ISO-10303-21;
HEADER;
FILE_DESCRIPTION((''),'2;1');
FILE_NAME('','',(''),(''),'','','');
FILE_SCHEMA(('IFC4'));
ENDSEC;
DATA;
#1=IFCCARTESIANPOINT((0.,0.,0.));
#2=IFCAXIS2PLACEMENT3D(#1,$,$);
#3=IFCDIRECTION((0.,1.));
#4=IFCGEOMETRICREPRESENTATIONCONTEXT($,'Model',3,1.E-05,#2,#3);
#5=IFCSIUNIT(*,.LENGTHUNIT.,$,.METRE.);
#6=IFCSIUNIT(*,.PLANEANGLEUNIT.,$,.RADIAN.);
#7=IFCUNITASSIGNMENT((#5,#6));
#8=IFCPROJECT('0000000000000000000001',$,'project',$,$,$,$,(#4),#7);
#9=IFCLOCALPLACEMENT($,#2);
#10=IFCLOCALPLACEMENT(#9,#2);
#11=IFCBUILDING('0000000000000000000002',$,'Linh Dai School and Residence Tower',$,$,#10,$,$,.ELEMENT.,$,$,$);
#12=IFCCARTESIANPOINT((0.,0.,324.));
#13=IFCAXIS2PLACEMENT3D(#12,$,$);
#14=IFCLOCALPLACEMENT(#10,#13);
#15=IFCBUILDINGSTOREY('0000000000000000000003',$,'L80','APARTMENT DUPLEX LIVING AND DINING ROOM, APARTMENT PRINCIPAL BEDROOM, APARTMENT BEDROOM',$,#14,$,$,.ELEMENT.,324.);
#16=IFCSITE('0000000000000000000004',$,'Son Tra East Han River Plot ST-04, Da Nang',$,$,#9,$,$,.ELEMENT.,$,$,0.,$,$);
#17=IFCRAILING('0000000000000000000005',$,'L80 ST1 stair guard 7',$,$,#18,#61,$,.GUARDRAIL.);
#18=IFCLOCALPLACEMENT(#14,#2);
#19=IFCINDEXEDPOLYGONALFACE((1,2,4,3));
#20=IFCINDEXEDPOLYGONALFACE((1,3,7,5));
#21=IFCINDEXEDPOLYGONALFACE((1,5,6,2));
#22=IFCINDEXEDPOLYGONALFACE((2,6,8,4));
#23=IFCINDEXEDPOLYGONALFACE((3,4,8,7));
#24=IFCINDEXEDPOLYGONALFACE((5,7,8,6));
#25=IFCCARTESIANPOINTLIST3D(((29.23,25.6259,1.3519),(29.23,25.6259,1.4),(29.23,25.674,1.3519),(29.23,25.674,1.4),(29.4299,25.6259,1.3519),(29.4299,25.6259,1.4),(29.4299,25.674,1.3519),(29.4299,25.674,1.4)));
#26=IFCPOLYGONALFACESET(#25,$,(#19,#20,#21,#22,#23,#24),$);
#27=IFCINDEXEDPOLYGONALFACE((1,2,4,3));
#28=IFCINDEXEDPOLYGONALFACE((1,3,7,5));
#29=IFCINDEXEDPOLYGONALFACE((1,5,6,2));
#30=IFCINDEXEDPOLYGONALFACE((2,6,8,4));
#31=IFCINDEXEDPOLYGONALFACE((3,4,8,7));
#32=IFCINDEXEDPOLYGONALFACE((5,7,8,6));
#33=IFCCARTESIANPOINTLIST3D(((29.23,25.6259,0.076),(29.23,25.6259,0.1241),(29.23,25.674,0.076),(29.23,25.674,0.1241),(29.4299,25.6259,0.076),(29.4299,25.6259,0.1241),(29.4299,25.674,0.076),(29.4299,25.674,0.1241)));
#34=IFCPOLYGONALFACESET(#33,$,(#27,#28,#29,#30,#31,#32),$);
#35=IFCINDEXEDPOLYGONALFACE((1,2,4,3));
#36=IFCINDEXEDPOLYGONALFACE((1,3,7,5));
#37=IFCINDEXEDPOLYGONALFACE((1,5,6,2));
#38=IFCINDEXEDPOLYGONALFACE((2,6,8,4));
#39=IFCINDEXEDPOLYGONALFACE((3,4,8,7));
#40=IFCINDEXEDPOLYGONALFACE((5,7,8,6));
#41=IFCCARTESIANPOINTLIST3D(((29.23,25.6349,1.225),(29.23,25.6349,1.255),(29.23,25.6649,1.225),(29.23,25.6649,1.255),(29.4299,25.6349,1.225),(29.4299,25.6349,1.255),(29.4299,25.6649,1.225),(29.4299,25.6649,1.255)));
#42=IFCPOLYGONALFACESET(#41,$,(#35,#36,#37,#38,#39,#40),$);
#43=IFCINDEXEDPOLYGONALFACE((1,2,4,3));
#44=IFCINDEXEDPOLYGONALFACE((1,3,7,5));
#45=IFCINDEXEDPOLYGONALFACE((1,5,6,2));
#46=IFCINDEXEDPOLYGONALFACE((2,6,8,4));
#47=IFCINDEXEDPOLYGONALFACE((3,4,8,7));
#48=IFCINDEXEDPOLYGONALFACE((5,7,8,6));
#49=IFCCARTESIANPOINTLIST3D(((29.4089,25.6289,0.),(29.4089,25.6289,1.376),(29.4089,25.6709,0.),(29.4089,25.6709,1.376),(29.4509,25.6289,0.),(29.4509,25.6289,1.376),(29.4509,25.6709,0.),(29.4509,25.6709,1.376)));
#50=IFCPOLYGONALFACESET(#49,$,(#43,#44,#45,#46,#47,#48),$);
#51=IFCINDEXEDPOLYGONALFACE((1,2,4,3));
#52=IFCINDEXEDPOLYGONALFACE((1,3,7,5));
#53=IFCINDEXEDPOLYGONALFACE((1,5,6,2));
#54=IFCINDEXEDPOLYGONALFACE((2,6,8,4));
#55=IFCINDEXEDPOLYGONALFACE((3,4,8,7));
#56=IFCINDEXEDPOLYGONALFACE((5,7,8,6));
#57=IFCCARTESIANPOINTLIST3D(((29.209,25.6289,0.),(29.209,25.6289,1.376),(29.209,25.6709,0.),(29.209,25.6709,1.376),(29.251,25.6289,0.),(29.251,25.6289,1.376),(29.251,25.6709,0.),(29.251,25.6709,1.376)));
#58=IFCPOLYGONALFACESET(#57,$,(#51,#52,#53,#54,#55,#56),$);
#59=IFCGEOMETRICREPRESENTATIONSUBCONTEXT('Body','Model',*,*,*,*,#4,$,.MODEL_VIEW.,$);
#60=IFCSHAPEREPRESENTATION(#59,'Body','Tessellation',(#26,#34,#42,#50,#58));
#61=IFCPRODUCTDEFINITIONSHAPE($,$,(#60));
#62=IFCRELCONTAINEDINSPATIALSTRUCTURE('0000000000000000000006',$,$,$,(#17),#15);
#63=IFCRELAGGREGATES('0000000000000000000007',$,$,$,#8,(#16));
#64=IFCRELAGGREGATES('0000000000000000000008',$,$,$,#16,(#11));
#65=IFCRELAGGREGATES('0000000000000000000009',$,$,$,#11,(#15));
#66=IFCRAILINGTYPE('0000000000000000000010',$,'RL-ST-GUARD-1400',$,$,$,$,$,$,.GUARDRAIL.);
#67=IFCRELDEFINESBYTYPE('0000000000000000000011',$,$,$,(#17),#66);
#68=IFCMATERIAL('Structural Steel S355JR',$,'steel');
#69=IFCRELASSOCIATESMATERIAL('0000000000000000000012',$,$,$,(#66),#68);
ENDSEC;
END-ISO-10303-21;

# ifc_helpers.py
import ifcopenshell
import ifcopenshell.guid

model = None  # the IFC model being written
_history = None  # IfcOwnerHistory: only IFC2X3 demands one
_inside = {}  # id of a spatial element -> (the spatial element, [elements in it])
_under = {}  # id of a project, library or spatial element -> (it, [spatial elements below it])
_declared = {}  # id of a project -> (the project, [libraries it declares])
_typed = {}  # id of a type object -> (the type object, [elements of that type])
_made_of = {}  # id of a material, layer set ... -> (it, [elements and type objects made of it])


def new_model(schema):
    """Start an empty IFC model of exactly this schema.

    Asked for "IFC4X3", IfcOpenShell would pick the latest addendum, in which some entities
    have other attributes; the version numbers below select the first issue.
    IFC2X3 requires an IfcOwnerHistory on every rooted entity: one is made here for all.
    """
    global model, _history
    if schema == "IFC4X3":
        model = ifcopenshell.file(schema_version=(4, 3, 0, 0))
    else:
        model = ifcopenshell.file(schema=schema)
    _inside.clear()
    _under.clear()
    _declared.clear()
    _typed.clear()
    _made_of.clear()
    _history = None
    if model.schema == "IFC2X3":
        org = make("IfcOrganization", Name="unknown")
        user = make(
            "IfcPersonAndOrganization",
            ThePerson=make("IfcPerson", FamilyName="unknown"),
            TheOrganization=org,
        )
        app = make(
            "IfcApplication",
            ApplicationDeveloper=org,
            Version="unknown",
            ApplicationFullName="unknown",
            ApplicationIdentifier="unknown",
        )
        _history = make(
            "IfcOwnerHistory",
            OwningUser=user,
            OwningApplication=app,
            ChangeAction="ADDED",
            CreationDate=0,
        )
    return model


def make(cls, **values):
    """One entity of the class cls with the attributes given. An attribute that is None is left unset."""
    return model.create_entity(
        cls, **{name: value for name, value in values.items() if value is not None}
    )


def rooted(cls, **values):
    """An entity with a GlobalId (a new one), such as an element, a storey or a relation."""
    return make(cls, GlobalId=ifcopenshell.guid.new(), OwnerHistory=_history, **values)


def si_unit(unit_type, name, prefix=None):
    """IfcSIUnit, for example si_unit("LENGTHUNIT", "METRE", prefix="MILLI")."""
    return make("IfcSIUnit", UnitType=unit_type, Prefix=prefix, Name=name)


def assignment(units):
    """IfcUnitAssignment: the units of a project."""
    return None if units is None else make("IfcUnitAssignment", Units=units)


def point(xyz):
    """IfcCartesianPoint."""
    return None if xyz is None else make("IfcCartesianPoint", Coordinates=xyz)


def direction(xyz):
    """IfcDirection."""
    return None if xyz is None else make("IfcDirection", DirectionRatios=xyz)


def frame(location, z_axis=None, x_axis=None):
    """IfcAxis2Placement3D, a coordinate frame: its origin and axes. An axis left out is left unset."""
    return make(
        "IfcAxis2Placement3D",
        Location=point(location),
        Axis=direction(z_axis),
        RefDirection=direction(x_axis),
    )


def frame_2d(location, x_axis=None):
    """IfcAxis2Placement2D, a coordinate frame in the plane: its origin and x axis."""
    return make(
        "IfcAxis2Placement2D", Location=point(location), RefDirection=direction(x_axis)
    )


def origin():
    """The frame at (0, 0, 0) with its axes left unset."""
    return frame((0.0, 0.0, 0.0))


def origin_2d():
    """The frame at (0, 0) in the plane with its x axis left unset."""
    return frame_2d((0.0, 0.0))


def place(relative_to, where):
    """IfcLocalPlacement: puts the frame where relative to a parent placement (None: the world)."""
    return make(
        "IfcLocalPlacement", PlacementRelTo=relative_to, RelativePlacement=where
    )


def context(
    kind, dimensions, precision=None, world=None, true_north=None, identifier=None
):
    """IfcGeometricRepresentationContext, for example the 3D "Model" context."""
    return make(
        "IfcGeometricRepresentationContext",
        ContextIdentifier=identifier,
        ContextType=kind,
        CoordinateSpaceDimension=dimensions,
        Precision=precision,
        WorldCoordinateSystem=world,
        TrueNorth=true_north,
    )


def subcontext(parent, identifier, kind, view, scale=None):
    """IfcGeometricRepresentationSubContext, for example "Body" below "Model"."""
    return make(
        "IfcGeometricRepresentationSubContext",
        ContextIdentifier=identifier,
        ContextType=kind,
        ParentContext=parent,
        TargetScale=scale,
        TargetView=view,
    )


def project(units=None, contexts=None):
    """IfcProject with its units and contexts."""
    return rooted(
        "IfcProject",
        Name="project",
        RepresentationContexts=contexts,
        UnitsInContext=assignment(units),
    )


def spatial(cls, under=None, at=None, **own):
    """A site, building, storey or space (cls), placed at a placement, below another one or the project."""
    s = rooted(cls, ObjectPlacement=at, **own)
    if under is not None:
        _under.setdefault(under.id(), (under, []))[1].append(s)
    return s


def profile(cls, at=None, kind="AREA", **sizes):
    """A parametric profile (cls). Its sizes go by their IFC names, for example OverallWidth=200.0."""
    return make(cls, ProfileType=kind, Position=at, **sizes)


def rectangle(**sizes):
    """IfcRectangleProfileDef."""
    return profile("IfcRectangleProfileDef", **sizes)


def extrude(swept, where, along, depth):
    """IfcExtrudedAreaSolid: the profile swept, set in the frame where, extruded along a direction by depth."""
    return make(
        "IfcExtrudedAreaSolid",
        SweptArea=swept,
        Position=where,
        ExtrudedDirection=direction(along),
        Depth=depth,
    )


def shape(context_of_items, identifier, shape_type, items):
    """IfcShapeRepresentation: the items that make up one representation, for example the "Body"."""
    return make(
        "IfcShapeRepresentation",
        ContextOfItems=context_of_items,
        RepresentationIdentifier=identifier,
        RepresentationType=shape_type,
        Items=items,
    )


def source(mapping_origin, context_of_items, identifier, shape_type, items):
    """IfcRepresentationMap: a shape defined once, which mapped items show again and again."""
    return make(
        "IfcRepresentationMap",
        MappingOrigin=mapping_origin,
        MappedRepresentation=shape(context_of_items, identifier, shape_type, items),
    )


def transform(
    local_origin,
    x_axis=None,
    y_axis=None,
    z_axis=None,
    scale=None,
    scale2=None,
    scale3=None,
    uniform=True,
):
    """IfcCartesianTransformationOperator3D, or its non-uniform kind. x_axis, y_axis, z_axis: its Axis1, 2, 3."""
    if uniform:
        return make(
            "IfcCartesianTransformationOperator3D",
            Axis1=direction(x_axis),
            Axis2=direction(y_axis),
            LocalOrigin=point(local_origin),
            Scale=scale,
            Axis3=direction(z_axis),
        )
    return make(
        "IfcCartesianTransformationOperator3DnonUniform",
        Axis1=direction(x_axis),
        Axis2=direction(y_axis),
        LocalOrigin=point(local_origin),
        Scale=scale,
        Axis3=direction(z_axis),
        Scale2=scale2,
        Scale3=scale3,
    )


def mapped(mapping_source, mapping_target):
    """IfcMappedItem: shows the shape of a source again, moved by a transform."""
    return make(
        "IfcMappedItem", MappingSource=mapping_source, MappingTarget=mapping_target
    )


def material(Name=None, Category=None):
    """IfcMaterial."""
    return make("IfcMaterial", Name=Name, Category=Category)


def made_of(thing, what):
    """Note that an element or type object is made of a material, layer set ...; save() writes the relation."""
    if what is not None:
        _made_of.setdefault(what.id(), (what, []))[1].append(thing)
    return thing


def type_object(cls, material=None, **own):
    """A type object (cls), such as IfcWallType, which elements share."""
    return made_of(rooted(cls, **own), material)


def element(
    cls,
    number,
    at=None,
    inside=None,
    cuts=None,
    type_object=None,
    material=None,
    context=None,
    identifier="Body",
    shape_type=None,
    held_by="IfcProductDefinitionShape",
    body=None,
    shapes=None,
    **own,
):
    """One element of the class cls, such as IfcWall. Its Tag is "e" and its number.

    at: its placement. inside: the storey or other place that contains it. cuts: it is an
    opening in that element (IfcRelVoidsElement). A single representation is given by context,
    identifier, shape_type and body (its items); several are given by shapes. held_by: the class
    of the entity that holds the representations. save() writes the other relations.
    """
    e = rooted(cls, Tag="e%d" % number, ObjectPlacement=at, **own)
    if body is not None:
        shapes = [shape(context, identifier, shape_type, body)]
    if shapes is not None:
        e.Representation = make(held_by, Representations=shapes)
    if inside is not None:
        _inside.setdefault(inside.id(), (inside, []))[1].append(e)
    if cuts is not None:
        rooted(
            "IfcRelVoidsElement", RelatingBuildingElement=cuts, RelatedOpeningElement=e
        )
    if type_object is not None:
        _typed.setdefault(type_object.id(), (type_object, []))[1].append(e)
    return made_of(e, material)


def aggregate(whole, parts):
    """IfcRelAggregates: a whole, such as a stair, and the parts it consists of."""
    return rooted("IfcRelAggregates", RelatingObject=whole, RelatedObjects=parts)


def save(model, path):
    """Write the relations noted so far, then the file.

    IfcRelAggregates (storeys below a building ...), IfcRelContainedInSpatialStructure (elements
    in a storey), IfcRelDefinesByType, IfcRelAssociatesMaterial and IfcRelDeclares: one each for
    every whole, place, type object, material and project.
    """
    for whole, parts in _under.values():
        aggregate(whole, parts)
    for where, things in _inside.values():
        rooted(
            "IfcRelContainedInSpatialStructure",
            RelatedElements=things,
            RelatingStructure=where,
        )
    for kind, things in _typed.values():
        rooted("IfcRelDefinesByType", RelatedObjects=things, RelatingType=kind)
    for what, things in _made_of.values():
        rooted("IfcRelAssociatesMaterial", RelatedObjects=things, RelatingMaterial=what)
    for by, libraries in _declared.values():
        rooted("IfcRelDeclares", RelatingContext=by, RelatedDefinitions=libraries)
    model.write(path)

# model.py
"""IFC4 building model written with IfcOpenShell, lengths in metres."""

from ifc_helpers import new_model, si_unit, direction, frame, origin, origin_2d, place, context, subcontext, project, spatial, rectangle, extrude, source, transform, mapped, material, type_object, element, save


model = new_model("IFC4")

# Units and contexts
model_context = context("Model", 3, precision=1e-05, world=origin(), true_north=direction((0.0, 1.0)))
body_context = subcontext(model_context, "Body", "Model", "MODEL_VIEW")
ifc_project = project(units=[si_unit("LENGTHUNIT", "METRE"), si_unit("PLANEANGLEUNIT", "RADIAN")], contexts=[model_context])

# Site, building, storey
site_placement = place(None, origin())
site = spatial("IfcSite", under=ifc_project, at=site_placement, Name="Son Tra East Han River Plot ST-04, Da Nang", CompositionType="ELEMENT", RefElevation=0.0)
building_placement = place(site_placement, origin())
building = spatial("IfcBuilding", under=site, at=building_placement, Name="Linh Dai School and Residence Tower", CompositionType="ELEMENT")
storey_placement = place(building_placement, frame((0.0, 0.0, 324.0)))
storey = spatial("IfcBuildingStorey", under=building, at=storey_placement, Name="L80", Description="APARTMENT DUPLEX LIVING AND DINING ROOM, APARTMENT PRINCIPAL BEDROOM, APARTMENT BEDROOM", CompositionType="ELEMENT", Elevation=324.0)

# Shared definitions
ifc_material_1 = material(Name="Structural Steel S355JR", Category="steel")

# Railing
railing_type_1 = type_object("IfcRailingType", Name="RL-ST-GUARD-1400", PredefinedType="GUARDRAIL", material=ifc_material_1)
shared_shape_1 = source(origin(), body_context, "Body", "SweptSolid", [
    extrude(rectangle(XDim=0.0481, YDim=0.0481, at=origin_2d()), frame((0.0, 0.0, 1.376), z_axis=(-1.0, 0.0, 0.0), x_axis=(0.0, -1.0, 0.0)), (0.0, 0.0, 1.0), 0.2),
    extrude(rectangle(XDim=0.0481, YDim=0.0481, at=origin_2d()), frame((0.0, 0.0, 0.1001), z_axis=(-1.0, 0.0, 0.0), x_axis=(0.0, -1.0, 0.0)), (0.0, 0.0, 1.0), 0.2),
    extrude(rectangle(XDim=0.03, YDim=0.03, at=origin_2d()), frame((0.0, 0.0, 1.24), z_axis=(-1.0, 0.0, 0.0), x_axis=(0.0, -1.0, 0.0)), (0.0, 0.0, 1.0), 0.2),
    extrude(rectangle(XDim=0.042, YDim=0.042, at=origin_2d()), origin(), (0.0, 0.0, 1.0), 1.376),
    extrude(rectangle(XDim=0.042, YDim=0.042, at=origin_2d()), frame((-0.2, 0.0, 0.0)), (0.0, 0.0, 1.0), 1.376),
])
railing_1_placement = place(storey_placement, frame((29.4299, 25.6499, 0.0)))
element("IfcRailing", 1, at=railing_1_placement, inside=storey, type_object=railing_type_1, Name="L80 ST1 stair guard 7", PredefinedType="GUARDRAIL", context=body_context, shape_type="MappedRepresentation", body=[
    mapped(shared_shape_1, transform((0.0, 0.0, 0.0), x_axis=(1.0, 0.0, 0.0), y_axis=(0.0, 1.0, 0.0), z_axis=(0.0, 0.0, 1.0), scale=1.0)),
])

save(model, "model.ifc")
